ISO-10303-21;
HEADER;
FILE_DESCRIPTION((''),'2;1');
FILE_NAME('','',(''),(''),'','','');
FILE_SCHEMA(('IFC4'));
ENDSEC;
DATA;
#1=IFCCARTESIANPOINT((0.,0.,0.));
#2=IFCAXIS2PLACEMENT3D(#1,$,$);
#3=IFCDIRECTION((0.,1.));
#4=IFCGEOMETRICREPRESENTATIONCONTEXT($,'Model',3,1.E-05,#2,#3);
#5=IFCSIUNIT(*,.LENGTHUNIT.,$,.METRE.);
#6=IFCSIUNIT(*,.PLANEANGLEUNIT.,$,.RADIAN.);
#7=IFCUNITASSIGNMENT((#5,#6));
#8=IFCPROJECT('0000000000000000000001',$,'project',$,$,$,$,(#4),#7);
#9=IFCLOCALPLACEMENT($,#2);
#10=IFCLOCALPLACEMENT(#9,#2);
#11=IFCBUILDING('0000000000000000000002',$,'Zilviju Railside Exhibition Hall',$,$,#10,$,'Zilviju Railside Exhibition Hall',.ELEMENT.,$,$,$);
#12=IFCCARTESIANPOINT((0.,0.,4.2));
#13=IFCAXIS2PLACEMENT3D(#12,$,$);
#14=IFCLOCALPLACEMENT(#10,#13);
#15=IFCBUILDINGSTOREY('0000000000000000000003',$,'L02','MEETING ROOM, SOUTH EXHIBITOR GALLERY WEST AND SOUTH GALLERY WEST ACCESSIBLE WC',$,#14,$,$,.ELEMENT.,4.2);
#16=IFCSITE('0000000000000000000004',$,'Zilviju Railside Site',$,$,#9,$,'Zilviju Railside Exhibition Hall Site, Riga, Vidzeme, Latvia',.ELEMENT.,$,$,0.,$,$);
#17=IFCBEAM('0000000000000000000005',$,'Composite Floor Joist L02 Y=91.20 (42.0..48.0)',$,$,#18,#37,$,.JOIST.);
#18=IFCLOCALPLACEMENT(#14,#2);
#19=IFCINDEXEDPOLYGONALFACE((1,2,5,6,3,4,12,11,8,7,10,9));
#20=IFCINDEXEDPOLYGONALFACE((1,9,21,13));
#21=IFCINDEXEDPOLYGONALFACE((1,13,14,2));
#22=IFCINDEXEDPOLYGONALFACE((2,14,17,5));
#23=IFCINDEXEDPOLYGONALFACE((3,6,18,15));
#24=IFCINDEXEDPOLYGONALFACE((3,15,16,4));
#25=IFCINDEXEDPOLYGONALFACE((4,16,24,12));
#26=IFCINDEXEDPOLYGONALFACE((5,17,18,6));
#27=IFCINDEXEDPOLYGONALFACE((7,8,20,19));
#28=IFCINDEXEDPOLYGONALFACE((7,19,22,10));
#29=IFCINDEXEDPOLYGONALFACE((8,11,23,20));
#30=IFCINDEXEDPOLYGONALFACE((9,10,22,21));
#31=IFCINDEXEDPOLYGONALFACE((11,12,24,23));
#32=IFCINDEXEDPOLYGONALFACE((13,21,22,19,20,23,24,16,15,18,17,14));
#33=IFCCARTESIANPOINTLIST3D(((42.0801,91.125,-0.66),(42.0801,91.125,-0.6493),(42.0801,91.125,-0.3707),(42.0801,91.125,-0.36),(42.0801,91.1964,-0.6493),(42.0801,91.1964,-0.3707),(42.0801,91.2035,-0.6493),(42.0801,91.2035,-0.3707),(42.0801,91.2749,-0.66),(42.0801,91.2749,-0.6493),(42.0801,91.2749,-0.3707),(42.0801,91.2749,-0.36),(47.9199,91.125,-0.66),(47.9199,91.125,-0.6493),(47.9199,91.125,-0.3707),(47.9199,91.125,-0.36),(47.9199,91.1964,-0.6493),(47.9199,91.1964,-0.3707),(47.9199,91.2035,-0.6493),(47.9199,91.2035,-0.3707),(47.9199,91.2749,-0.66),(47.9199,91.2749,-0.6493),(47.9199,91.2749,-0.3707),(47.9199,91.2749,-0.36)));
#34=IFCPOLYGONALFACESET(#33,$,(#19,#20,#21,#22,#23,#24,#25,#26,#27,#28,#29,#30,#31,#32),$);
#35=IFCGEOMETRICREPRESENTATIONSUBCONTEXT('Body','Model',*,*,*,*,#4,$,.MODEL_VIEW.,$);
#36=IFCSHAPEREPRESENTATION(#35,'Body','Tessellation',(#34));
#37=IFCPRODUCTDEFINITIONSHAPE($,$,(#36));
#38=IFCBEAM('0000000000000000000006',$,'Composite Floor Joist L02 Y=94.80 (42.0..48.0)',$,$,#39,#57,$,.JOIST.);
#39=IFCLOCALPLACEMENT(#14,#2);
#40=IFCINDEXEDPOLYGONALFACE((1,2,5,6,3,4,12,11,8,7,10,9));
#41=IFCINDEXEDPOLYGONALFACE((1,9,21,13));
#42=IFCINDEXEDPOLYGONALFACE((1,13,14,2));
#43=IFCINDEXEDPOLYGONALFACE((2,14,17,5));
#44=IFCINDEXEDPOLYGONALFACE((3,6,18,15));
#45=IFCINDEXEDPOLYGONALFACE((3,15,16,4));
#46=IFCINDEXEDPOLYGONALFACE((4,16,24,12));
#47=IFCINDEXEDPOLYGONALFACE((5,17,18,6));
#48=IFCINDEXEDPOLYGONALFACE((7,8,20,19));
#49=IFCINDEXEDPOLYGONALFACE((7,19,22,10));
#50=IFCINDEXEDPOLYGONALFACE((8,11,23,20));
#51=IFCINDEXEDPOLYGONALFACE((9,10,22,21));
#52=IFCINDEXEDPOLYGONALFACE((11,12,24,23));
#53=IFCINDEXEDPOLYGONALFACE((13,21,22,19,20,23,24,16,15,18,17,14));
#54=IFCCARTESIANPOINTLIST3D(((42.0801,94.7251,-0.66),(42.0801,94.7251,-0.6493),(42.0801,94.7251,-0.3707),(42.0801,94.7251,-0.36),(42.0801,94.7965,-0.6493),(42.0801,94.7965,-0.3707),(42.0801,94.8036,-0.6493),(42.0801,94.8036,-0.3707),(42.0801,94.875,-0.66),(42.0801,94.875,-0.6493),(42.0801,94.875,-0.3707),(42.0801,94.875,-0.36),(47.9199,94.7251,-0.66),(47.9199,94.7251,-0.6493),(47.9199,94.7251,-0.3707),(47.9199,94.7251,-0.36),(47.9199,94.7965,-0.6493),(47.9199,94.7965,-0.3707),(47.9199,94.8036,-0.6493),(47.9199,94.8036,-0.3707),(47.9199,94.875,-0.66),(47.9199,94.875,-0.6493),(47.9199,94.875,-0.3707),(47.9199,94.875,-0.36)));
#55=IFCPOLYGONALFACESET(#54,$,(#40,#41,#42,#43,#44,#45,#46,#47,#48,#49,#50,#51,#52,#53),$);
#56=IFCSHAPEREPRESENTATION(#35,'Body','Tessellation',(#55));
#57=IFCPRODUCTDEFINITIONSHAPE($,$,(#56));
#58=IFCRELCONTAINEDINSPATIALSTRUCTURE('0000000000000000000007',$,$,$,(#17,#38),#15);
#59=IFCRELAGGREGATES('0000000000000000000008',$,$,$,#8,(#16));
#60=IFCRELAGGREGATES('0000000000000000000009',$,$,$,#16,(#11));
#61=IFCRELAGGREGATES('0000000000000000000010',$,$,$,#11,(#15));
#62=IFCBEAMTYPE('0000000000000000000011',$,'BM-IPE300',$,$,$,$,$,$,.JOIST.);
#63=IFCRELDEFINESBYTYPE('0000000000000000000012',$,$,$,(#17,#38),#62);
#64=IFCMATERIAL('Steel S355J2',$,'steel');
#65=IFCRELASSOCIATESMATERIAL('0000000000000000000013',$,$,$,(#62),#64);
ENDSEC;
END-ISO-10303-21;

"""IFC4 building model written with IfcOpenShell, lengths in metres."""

from ifc_helpers import new_model, si_unit, direction, frame, origin, origin_2d, place, context, subcontext, project, spatial, i_section, extrude, material, material_profile, profile_set, type_object, element, save


model = new_model("IFC4")

# Units and contexts
model_context = context("Model", 3, precision=1e-05, world=origin(), true_north=direction((0.0, 1.0)))
body_context = subcontext(model_context, "Body", "Model", "MODEL_VIEW")
ifc_project = project(units=[si_unit("LENGTHUNIT", "METRE"), si_unit("PLANEANGLEUNIT", "RADIAN")], contexts=[model_context])

# Site, building, storey
site_placement = place(None, origin())
site = spatial("IfcSite", under=ifc_project, at=site_placement, Name="Zilviju Railside Site", LongName="Zilviju Railside Exhibition Hall Site, Riga, Vidzeme, Latvia", CompositionType="ELEMENT", RefElevation=0.0)
building_placement = place(site_placement, origin())
building = spatial("IfcBuilding", under=site, at=building_placement, Name="Zilviju Railside Exhibition Hall", LongName="Zilviju Railside Exhibition Hall", CompositionType="ELEMENT")
storey_placement = place(building_placement, frame((0.0, 0.0, 4.2)))
storey = spatial("IfcBuildingStorey", under=building, at=storey_placement, Name="L02", Description="MEETING ROOM, SOUTH EXHIBITOR GALLERY WEST AND SOUTH GALLERY WEST ACCESSIBLE WC", CompositionType="ELEMENT", Elevation=4.2)

# Beams
ifc_material_1 = material(Name="Steel S355J2", Category="steel")
ifc_material_profile_1 = material_profile(ifc_material_1, i_section(OverallWidth=0.1499, OverallDepth=0.3, WebThickness=0.0071, FlangeThickness=0.0107, at=origin_2d()), Name="IPE 300")
ifc_profile_set_1 = profile_set([ifc_material_profile_1], Name="Steel S355J2")
beam_type_1 = type_object("IfcBeamType", Name="BM-IPE300", PredefinedType="JOIST", material=ifc_profile_set_1)
for number, where, z_axis, x_axis, name in (
    (1, (42.0801, 91.2, -0.51), (1.0, 0.0, 0.0), (0.0, 1.0, 0.0), "Composite Floor Joist L02 Y=91.20 (42.0..48.0)"),
    (2, (42.0801, 94.8, -0.51), (1.0, 0.0, 0.0), (0.0, 1.0, 0.0), "Composite Floor Joist L02 Y=94.80 (42.0..48.0)"),
):
    element("IfcBeam", number, at=place(storey_placement, frame(where, z_axis=z_axis, x_axis=x_axis)), inside=storey, type_object=beam_type_1, Name=name, PredefinedType="JOIST", context=body_context, shape_type="SweptSolid", body=[
        extrude(i_section(OverallWidth=0.1499, OverallDepth=0.3, WebThickness=0.0071, FlangeThickness=0.0107, at=origin_2d()), origin(), (0.0, 0.0, 1.0), 5.8398),
    ])

save(model, "model.ifc")
